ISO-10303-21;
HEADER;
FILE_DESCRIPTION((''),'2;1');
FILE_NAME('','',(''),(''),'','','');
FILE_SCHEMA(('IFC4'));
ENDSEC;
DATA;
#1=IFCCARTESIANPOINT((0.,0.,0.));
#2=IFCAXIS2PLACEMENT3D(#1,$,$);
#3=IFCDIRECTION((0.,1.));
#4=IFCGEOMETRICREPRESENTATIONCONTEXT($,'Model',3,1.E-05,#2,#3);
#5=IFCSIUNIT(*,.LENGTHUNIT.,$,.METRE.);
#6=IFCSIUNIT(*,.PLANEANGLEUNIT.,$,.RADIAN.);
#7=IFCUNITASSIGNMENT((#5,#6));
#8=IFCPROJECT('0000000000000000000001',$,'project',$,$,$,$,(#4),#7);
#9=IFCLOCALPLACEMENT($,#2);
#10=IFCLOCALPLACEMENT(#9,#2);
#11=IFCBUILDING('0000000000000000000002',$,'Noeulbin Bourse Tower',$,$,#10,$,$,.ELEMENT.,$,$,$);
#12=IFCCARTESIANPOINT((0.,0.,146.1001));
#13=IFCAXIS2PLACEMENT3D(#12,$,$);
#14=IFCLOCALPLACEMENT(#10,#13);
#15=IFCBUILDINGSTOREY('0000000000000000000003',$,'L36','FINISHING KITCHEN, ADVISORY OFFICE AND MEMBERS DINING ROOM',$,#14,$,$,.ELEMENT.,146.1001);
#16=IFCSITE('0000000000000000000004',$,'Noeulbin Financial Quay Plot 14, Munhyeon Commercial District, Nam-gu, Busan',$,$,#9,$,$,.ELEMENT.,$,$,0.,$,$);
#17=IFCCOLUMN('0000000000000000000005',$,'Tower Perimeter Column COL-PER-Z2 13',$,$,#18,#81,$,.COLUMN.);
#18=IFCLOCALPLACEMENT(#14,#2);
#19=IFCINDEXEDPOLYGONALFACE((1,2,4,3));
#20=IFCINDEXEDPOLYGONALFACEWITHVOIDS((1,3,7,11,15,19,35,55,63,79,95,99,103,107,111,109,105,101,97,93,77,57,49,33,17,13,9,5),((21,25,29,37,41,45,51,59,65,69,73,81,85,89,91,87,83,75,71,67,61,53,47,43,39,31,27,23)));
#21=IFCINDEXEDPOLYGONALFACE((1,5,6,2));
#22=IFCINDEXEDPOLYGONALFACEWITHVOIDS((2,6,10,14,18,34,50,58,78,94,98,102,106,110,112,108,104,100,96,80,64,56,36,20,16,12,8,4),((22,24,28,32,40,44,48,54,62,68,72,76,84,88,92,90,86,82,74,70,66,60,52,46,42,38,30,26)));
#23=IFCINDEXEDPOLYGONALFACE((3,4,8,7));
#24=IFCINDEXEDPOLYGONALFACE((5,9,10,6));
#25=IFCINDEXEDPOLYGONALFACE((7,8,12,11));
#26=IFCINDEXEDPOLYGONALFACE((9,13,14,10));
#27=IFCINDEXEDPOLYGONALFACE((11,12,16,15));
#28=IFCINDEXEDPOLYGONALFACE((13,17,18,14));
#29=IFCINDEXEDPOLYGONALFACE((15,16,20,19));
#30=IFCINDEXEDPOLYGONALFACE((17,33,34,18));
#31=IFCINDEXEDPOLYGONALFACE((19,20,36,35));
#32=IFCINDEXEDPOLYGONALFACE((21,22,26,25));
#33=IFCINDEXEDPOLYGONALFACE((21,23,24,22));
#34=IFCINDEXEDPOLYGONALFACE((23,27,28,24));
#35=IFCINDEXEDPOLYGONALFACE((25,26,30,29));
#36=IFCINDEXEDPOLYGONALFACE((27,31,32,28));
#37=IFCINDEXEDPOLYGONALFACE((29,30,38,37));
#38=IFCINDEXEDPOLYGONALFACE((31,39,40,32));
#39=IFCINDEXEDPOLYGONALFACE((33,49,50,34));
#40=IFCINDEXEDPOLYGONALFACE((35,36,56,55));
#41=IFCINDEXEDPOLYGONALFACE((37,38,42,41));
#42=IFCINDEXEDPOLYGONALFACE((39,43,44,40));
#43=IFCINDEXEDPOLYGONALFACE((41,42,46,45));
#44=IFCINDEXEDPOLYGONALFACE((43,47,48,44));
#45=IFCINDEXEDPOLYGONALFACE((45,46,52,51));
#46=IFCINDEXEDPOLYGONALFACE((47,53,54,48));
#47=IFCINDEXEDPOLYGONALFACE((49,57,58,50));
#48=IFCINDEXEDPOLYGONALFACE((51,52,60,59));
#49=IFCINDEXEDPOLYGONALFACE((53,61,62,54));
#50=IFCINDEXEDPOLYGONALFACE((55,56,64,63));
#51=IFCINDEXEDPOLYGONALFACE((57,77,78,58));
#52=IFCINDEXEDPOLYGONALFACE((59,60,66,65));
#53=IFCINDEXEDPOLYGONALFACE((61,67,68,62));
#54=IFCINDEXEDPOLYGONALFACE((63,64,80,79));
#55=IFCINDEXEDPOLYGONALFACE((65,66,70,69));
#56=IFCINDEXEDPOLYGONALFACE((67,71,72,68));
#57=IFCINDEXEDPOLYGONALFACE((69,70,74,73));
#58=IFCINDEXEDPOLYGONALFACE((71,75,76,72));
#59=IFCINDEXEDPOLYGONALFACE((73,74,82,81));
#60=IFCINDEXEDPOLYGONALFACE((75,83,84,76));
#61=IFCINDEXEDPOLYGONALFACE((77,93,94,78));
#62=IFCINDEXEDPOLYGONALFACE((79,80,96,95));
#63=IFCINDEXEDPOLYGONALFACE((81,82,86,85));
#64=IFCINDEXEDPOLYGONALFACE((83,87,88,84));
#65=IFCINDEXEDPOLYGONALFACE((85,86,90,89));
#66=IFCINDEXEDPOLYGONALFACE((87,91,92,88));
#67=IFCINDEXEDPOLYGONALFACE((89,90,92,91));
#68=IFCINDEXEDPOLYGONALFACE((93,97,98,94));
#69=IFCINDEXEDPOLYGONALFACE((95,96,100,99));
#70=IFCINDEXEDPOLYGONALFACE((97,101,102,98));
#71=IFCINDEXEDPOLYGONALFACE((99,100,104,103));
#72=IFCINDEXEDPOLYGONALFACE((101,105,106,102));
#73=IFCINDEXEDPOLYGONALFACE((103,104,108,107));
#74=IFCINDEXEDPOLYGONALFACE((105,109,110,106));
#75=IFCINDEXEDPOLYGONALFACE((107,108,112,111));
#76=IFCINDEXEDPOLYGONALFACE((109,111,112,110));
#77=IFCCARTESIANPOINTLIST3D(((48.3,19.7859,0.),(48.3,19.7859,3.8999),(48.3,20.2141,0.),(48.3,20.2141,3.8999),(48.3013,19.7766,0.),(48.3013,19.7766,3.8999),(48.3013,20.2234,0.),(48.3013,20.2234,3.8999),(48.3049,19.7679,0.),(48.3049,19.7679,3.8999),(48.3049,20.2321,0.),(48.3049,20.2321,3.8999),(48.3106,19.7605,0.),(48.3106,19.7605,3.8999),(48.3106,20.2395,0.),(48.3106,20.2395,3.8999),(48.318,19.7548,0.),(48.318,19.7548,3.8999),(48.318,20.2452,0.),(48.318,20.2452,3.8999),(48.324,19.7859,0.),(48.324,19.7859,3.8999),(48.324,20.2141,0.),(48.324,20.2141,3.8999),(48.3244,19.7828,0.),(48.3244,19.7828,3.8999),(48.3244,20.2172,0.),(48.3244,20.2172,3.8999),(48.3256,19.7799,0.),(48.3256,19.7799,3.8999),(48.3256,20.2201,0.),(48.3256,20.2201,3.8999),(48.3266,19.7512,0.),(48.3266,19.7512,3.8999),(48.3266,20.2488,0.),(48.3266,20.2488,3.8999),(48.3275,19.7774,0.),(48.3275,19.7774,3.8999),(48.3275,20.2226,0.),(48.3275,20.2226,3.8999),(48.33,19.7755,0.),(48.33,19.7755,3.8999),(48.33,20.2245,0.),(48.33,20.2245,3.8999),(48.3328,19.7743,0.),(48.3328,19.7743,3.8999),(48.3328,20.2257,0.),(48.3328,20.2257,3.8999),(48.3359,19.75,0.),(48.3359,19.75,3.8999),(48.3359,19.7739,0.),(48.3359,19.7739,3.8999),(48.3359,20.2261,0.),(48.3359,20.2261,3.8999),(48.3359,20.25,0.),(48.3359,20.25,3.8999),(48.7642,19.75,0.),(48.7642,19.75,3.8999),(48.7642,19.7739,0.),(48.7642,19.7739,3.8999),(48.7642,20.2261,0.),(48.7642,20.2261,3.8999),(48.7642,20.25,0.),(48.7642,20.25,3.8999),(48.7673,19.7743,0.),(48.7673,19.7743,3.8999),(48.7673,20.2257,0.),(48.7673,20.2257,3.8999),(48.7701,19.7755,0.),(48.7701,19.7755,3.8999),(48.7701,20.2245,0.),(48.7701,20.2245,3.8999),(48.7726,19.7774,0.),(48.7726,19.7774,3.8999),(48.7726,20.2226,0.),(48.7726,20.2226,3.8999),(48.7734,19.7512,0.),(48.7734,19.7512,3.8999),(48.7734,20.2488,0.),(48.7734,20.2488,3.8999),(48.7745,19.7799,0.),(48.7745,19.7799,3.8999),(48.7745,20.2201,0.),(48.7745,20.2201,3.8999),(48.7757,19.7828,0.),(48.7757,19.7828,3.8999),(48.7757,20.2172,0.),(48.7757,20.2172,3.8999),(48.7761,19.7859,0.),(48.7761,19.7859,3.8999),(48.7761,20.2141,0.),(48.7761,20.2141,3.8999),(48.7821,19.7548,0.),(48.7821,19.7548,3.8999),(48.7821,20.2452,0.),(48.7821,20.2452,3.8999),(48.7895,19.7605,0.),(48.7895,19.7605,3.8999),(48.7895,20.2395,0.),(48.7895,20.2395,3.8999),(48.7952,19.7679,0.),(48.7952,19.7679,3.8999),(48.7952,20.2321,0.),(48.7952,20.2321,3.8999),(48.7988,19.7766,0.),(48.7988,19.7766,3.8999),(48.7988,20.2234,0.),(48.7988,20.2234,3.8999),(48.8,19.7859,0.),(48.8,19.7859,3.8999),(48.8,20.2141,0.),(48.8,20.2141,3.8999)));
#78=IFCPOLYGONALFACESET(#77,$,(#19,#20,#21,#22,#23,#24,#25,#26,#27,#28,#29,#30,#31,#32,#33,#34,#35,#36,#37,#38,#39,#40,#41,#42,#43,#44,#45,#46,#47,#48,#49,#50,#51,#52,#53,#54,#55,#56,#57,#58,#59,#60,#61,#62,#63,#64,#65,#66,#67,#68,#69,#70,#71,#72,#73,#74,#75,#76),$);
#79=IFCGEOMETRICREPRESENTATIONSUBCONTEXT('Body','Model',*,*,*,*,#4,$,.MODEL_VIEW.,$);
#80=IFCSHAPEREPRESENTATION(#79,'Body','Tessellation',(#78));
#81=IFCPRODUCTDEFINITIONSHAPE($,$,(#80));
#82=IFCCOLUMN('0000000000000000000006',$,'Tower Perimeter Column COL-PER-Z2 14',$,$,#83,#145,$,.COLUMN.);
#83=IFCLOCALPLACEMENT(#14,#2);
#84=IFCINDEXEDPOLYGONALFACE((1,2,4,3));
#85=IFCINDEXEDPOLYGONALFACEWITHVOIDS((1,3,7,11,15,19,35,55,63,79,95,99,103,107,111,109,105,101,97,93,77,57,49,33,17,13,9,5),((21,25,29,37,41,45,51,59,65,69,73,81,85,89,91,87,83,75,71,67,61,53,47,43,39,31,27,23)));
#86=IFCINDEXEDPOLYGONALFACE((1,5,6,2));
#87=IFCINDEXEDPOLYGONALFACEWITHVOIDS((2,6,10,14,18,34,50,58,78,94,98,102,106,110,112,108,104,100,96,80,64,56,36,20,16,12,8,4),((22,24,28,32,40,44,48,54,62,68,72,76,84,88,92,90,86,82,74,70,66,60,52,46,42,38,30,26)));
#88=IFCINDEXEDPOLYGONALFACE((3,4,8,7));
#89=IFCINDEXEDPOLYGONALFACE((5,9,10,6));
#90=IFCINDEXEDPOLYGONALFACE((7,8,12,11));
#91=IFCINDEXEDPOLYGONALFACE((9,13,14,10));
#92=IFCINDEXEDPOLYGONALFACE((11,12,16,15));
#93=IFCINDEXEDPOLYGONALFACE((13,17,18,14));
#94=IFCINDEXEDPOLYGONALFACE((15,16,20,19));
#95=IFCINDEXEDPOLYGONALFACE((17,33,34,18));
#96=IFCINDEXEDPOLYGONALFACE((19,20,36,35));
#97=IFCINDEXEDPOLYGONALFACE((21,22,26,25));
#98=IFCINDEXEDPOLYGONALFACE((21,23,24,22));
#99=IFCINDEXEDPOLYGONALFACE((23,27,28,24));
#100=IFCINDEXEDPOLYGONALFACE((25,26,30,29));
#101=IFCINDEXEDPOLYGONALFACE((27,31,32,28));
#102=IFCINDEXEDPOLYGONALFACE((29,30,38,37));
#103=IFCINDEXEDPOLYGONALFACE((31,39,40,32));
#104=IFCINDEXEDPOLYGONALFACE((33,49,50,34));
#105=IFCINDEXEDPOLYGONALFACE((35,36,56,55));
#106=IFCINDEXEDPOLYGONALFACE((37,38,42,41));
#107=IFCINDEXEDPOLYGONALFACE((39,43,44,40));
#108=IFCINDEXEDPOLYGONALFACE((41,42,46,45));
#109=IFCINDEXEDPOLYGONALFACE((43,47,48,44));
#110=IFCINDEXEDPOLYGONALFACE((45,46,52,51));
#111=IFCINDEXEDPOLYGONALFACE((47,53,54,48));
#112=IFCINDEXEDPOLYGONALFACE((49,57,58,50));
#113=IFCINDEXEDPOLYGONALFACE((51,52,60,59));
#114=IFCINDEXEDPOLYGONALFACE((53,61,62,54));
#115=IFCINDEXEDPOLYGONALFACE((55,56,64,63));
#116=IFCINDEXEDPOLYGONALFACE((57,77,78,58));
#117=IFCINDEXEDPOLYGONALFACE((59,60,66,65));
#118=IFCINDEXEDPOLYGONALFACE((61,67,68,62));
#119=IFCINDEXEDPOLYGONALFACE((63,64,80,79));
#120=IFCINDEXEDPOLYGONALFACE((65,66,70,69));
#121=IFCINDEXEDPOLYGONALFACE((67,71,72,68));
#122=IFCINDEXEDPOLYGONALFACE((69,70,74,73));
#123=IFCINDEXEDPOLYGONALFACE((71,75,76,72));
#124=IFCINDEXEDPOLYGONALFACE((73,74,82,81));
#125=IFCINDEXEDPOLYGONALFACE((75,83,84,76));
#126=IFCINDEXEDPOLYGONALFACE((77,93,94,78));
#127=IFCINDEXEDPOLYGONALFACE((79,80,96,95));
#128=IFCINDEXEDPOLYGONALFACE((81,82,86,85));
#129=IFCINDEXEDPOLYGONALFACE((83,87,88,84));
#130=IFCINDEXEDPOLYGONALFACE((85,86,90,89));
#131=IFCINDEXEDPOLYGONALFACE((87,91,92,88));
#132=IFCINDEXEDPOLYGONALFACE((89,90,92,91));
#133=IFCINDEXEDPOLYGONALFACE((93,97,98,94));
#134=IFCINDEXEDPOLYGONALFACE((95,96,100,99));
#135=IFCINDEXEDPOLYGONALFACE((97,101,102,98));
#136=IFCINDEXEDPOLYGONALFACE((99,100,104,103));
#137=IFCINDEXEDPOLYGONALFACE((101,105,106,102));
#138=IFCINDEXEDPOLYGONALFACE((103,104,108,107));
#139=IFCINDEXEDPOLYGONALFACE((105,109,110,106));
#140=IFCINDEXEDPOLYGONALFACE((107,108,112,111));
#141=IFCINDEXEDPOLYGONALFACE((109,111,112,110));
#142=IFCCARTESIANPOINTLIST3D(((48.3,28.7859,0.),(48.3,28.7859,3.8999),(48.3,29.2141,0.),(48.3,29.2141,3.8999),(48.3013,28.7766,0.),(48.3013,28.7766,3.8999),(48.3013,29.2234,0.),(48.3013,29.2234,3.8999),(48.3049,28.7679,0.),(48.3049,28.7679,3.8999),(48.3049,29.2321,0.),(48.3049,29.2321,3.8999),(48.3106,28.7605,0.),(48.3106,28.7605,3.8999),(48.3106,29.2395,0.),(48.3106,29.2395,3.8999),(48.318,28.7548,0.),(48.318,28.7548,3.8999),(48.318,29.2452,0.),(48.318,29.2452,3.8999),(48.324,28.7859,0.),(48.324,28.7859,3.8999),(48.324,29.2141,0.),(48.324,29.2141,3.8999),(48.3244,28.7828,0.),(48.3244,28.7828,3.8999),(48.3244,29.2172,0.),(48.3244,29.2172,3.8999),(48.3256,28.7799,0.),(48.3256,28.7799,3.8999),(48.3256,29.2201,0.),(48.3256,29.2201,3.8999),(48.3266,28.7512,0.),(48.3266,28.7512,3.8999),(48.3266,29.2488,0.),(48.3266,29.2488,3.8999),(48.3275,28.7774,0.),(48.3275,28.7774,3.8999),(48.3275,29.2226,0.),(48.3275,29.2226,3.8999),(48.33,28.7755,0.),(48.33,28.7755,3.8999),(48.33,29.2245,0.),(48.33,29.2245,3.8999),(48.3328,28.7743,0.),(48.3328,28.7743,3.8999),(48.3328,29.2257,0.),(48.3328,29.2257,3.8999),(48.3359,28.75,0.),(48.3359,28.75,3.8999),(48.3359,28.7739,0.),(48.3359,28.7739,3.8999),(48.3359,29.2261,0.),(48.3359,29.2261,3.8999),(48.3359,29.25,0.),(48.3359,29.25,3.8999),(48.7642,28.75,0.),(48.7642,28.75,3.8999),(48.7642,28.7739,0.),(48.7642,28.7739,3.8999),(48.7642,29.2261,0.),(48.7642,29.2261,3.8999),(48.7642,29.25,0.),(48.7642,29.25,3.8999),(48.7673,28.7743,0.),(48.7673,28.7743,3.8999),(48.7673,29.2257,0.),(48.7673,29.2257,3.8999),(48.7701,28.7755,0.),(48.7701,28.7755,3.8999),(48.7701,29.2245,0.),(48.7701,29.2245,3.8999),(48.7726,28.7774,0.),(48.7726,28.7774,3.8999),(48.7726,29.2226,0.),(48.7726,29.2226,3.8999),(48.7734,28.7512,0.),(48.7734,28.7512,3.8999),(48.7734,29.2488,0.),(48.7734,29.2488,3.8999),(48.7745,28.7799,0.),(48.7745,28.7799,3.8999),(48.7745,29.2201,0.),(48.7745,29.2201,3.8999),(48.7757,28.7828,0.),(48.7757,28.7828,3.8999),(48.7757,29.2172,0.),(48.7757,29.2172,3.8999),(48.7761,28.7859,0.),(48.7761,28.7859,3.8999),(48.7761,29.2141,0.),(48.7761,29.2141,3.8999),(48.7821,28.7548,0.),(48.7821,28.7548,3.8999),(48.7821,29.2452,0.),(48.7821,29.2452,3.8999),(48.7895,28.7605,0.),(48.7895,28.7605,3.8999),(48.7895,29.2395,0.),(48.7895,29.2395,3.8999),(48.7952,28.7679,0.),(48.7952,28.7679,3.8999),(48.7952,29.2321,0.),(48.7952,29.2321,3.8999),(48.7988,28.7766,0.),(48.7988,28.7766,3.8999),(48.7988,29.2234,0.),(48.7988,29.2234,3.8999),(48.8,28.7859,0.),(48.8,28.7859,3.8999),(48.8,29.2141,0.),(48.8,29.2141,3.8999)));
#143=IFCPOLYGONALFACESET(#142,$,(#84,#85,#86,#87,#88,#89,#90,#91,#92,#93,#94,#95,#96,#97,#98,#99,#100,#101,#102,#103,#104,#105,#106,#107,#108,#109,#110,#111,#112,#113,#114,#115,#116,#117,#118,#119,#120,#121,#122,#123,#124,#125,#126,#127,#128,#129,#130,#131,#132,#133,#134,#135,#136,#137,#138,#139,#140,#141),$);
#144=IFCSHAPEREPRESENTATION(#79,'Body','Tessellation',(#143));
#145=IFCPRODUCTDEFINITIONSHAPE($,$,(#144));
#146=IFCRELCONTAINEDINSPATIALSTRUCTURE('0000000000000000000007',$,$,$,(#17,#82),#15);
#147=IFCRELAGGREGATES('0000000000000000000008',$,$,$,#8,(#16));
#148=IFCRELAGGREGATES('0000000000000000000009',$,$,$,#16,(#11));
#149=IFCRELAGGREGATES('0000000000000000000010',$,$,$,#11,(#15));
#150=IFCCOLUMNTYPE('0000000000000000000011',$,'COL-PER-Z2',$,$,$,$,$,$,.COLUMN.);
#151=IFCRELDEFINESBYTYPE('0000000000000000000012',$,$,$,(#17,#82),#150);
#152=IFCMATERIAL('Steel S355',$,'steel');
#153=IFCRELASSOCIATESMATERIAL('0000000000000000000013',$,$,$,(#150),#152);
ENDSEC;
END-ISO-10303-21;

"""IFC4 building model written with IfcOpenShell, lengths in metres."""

from ifc_helpers import new_model, si_unit, direction, frame, origin, origin_2d, place, context, subcontext, project, spatial, hollow_rectangle, extrude, material, material_profile, profile_set, type_object, element, save


model = new_model("IFC4")

# Units and contexts
model_context = context("Model", 3, precision=1e-05, world=origin(), true_north=direction((0.0, 1.0)))
body_context = subcontext(model_context, "Body", "Model", "MODEL_VIEW")
ifc_project = project(units=[si_unit("LENGTHUNIT", "METRE"), si_unit("PLANEANGLEUNIT", "RADIAN")], contexts=[model_context])

# Site, building, storey
site_placement = place(None, origin())
site = spatial("IfcSite", under=ifc_project, at=site_placement, Name="Noeulbin Financial Quay Plot 14, Munhyeon Commercial District, Nam-gu, Busan", CompositionType="ELEMENT", RefElevation=0.0)
building_placement = place(site_placement, origin())
building = spatial("IfcBuilding", under=site, at=building_placement, Name="Noeulbin Bourse Tower", CompositionType="ELEMENT")
storey_placement = place(building_placement, frame((0.0, 0.0, 146.1001)))
storey = spatial("IfcBuildingStorey", under=building, at=storey_placement, Name="L36", Description="FINISHING KITCHEN, ADVISORY OFFICE AND MEMBERS DINING ROOM", CompositionType="ELEMENT", Elevation=146.1001)

# Columns
ifc_material_1 = material(Name="Steel S355", Category="steel")
ifc_material_profile_1 = material_profile(ifc_material_1, hollow_rectangle(XDim=0.5, YDim=0.5, WallThickness=0.0239, InnerFilletRadius=0.012, OuterFilletRadius=0.0359, at=origin_2d()), Name="BOX-500x500x24", Category="LoadBearing")
ifc_profile_set_1 = profile_set([ifc_material_profile_1], Name="Steel S355")
column_type_1 = type_object("IfcColumnType", Name="COL-PER-Z2", PredefinedType="COLUMN", material=ifc_profile_set_1)
for number, where, z_axis, x_axis, name in (
    (1, (48.55, 20.0, 0.0), (0.0, 0.0, 1.0), (1.0, 0.0, 0.0), "Tower Perimeter Column COL-PER-Z2 13"),
    (2, (48.55, 29.0, 0.0), (0.0, 0.0, 1.0), (1.0, 0.0, 0.0), "Tower Perimeter Column COL-PER-Z2 14"),
):
    element("IfcColumn", number, at=place(storey_placement, frame(where, z_axis=z_axis, x_axis=x_axis)), inside=storey, type_object=column_type_1, Name=name, PredefinedType="COLUMN", context=body_context, shape_type="SweptSolid", body=[
        extrude(hollow_rectangle(XDim=0.5, YDim=0.5, WallThickness=0.0239, InnerFilletRadius=0.012, OuterFilletRadius=0.0359, at=origin_2d()), origin(), (0.0, 0.0, 1.0), 3.8999),
    ])

save(model, "model.ifc")
